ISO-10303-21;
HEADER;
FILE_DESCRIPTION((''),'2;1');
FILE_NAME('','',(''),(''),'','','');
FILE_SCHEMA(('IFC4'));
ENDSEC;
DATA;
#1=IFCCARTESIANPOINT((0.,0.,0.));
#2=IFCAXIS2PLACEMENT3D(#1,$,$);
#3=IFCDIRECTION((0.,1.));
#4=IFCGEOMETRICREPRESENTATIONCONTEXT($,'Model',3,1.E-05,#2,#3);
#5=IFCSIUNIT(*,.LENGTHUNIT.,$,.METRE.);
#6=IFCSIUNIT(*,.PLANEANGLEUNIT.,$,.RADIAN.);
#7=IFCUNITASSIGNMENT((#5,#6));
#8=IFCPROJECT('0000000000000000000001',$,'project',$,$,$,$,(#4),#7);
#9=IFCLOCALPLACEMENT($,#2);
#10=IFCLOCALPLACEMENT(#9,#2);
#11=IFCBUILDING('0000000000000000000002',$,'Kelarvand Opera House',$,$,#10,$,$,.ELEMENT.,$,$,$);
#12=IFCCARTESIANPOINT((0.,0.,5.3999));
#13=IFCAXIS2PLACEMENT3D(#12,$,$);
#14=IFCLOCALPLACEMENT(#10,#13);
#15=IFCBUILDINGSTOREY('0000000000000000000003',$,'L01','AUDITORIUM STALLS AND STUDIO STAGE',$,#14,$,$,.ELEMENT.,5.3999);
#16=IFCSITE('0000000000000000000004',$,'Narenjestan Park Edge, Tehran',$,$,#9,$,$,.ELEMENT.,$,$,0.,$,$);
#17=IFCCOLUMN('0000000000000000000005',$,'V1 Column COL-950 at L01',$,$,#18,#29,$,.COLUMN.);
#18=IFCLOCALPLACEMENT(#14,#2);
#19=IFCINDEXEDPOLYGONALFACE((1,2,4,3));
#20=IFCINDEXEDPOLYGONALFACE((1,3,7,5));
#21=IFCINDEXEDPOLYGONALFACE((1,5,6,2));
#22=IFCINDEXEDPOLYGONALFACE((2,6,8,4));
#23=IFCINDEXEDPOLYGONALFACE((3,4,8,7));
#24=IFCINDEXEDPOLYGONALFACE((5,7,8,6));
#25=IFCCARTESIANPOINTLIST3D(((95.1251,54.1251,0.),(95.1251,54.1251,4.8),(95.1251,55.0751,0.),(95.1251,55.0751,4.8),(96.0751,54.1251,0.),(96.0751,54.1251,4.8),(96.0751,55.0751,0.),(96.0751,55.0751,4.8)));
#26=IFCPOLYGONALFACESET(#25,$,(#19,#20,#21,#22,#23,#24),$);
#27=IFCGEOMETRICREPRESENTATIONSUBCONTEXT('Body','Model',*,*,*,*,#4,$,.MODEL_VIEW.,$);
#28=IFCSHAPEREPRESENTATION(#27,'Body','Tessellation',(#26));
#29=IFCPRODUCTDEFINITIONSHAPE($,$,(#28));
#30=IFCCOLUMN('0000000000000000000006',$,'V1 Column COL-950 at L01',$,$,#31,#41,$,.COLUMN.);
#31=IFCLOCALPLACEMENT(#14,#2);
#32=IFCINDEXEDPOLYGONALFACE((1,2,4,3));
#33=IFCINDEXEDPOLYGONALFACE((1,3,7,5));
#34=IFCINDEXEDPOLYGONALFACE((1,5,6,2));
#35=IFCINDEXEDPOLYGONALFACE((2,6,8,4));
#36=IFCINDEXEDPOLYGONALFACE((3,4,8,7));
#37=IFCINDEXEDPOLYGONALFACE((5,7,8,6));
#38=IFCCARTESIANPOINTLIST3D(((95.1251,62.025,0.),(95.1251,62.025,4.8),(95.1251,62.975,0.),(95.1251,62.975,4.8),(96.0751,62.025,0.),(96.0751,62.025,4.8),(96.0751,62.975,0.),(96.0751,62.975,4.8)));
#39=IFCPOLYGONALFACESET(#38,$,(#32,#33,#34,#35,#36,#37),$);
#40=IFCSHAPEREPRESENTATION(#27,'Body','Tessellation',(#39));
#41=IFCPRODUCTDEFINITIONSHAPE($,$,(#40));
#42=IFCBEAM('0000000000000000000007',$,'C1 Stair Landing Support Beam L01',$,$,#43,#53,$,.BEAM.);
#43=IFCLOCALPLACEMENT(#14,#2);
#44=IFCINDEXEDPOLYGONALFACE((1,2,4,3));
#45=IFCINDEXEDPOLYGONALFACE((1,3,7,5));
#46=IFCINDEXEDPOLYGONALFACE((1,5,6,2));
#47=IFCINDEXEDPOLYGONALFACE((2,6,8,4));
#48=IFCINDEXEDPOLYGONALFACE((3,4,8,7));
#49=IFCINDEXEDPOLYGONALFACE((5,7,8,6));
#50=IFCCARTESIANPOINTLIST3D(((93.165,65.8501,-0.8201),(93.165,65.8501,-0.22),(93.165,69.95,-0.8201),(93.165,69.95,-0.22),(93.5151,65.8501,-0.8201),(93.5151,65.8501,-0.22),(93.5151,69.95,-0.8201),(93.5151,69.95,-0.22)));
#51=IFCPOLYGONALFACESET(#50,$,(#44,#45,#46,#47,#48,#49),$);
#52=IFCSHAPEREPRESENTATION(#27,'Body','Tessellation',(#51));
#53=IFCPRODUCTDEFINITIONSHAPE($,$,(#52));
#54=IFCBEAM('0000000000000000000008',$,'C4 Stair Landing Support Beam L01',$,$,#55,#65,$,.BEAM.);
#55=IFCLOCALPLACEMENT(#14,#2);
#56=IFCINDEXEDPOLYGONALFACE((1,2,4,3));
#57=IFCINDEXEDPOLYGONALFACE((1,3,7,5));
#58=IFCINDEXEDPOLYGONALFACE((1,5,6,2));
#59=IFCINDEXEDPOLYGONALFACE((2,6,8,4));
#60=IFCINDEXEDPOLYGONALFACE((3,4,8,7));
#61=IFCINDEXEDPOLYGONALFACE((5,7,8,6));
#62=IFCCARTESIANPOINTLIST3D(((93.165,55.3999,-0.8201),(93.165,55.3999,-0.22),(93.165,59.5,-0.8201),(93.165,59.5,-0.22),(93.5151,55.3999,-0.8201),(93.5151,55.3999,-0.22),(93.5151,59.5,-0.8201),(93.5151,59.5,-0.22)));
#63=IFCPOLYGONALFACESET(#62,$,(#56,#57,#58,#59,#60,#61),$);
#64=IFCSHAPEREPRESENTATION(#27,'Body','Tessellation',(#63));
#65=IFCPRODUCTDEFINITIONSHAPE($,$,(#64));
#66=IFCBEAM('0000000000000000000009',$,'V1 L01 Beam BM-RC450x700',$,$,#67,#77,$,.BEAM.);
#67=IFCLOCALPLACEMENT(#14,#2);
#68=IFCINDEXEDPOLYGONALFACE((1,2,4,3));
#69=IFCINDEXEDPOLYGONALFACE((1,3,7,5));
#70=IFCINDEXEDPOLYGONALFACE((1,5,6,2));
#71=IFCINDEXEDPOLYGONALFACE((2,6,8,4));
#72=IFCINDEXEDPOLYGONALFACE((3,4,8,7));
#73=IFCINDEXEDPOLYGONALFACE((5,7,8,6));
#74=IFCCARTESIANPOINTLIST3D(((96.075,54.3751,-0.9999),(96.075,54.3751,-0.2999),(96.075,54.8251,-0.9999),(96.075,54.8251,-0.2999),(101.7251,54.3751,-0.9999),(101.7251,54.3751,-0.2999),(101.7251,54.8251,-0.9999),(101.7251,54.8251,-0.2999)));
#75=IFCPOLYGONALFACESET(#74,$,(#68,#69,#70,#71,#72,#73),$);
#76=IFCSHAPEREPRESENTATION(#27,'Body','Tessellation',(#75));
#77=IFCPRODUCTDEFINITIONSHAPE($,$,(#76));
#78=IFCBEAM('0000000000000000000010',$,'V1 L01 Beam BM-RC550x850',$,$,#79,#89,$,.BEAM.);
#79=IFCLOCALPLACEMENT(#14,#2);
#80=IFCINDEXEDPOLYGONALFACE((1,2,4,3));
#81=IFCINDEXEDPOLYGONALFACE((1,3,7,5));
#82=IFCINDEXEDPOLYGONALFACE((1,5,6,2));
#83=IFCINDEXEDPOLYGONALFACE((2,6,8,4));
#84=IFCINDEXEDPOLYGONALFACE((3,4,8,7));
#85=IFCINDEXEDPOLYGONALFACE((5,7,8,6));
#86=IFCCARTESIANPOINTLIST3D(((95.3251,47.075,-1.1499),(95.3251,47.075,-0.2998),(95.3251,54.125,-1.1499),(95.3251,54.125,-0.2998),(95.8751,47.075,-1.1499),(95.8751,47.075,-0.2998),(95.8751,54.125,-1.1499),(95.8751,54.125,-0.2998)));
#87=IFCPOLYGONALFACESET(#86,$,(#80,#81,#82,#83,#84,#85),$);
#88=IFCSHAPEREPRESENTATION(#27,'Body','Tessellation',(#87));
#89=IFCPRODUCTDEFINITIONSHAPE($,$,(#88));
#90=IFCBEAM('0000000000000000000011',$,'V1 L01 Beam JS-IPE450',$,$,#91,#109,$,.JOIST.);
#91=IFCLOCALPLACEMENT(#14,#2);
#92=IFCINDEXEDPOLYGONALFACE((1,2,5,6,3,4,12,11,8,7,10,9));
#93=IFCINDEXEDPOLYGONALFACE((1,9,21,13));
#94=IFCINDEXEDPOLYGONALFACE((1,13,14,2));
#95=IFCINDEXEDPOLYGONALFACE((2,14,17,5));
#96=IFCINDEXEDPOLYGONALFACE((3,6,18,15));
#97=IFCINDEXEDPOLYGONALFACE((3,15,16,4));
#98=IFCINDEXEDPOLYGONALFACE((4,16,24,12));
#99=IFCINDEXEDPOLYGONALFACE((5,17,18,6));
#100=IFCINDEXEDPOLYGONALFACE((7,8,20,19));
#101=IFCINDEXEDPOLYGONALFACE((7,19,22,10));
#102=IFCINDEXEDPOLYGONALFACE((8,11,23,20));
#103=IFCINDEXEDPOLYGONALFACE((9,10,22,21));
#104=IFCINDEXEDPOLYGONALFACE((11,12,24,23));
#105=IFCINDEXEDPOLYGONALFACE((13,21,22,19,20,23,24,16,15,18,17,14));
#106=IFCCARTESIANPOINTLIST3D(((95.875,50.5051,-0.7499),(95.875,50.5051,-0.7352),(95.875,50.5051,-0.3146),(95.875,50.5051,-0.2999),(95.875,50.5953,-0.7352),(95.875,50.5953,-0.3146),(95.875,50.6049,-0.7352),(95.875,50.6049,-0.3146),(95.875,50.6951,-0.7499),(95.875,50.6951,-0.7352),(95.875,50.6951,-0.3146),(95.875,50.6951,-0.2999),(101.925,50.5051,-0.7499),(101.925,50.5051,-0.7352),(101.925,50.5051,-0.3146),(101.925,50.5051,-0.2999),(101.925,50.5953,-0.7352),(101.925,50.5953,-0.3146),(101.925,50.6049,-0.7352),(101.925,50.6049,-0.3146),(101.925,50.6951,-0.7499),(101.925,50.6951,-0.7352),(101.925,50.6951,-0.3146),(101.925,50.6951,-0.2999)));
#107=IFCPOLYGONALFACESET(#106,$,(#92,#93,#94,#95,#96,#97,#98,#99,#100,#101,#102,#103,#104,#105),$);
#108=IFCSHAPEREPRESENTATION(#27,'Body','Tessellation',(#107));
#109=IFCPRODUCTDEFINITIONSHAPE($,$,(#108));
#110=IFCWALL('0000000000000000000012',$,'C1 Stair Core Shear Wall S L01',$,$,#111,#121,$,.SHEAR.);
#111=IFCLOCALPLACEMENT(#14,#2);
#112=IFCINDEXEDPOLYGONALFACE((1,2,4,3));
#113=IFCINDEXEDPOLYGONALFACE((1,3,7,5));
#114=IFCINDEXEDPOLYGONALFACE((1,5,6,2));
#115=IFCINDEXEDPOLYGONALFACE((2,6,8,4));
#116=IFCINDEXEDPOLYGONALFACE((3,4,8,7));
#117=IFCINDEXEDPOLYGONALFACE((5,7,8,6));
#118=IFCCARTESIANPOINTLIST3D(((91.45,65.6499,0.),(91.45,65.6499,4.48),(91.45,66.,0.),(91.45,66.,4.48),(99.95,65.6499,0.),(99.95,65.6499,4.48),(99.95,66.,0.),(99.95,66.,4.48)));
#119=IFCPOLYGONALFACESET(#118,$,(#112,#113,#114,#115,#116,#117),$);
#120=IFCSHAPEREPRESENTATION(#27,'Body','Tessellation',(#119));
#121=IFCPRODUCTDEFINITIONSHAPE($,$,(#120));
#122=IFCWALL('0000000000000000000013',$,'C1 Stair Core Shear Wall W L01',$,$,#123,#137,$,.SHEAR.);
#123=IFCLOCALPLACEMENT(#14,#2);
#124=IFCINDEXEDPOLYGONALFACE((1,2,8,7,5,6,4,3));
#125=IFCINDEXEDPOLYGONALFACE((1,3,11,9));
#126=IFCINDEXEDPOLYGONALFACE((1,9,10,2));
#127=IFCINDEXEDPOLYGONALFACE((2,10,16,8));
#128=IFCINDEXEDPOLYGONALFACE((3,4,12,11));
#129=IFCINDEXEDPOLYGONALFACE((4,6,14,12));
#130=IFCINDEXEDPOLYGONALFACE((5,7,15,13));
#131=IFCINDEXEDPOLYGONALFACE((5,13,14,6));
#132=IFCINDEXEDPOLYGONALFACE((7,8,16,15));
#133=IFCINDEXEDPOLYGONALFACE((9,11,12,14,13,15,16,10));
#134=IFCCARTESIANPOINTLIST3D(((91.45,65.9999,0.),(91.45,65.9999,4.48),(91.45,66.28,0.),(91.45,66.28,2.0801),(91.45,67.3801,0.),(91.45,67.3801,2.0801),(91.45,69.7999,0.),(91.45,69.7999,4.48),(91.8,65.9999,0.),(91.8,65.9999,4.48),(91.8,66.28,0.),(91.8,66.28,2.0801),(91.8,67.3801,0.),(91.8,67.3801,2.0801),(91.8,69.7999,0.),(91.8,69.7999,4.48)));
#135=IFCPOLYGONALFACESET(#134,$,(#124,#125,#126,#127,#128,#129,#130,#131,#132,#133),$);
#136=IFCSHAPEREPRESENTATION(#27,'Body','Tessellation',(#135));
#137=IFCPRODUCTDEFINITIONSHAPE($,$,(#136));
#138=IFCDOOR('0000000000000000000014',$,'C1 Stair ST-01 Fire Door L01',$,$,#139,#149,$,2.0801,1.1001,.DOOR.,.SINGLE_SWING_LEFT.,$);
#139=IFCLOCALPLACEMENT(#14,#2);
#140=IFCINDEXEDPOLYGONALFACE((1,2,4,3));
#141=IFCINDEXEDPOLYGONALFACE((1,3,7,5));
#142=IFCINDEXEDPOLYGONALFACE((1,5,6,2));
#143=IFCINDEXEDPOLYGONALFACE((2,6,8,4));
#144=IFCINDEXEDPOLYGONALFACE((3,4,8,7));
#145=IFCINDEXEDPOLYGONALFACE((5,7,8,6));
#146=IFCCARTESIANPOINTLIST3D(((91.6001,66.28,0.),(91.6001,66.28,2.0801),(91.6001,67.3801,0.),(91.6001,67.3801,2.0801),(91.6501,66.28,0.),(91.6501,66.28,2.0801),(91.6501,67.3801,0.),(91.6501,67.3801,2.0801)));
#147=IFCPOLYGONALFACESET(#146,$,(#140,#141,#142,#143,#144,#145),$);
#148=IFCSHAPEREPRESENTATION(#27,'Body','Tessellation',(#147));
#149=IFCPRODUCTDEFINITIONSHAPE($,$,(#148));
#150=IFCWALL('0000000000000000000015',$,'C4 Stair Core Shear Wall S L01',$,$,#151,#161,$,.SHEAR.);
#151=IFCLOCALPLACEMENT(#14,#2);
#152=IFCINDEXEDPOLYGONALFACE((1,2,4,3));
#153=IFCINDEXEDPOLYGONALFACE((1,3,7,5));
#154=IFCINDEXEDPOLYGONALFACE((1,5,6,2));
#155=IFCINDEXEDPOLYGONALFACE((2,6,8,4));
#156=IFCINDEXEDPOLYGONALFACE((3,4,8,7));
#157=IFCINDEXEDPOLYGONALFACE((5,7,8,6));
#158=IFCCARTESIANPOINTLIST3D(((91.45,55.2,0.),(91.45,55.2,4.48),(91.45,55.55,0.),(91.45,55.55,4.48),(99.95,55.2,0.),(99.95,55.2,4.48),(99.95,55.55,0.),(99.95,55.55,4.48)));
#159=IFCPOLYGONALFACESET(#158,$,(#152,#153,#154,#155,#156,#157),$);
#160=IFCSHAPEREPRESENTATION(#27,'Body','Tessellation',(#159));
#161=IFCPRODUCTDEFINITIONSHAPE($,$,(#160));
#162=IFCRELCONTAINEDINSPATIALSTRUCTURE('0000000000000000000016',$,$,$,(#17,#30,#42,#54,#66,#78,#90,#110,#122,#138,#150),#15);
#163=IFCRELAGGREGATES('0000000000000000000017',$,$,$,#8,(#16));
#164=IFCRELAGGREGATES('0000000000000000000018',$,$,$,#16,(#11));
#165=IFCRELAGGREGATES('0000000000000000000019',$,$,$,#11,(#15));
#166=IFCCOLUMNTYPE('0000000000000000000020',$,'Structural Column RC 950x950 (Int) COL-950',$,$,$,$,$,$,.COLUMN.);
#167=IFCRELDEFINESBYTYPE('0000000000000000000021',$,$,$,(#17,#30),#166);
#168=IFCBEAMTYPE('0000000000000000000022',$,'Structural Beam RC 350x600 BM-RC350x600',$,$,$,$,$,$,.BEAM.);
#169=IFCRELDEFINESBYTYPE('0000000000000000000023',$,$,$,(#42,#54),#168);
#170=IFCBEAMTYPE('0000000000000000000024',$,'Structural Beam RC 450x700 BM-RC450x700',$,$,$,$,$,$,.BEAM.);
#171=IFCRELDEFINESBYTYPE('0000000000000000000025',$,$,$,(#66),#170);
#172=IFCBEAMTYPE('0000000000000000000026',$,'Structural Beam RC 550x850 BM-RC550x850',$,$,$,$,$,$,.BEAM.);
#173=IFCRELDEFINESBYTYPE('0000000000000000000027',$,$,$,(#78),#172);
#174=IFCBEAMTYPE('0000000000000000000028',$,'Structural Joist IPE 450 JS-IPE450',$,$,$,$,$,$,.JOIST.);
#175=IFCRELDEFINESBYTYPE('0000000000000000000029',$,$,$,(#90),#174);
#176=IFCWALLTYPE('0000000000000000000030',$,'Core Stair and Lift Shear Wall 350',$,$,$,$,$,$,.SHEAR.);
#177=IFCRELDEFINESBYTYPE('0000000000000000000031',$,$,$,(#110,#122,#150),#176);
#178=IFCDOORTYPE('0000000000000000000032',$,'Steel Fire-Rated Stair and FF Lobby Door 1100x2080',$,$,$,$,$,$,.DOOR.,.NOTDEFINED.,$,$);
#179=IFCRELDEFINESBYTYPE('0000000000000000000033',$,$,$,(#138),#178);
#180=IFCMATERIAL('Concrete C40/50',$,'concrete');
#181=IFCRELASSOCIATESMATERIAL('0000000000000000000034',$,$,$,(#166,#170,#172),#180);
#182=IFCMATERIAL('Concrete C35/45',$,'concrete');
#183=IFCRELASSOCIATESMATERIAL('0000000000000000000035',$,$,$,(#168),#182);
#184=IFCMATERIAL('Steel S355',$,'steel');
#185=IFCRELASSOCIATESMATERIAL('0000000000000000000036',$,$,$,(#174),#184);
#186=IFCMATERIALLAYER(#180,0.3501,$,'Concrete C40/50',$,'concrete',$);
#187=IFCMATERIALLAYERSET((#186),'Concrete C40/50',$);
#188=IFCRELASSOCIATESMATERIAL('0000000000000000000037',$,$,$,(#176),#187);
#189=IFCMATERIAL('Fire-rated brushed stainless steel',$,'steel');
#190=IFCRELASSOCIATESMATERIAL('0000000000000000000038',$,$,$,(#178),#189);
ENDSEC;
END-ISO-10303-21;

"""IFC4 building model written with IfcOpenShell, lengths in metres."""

from ifc_helpers import new_model, si_unit, direction, frame, frame_2d, origin, origin_2d, place, context, subcontext, project, spatial, rectangle, i_section, extrude, material, layer, layer_set, material_profile, profile_set, type_object, element, fill, save


model = new_model("IFC4")

# Units and contexts
model_context = context("Model", 3, precision=1e-05, world=origin(), true_north=direction((0.0, 1.0)))
body_context = subcontext(model_context, "Body", "Model", "MODEL_VIEW")
ifc_project = project(units=[si_unit("LENGTHUNIT", "METRE"), si_unit("PLANEANGLEUNIT", "RADIAN")], contexts=[model_context])

# Site, building, storey
site_placement = place(None, origin())
site = spatial("IfcSite", under=ifc_project, at=site_placement, Name="Narenjestan Park Edge, Tehran", CompositionType="ELEMENT", RefElevation=0.0)
building_placement = place(site_placement, origin())
building = spatial("IfcBuilding", under=site, at=building_placement, Name="Kelarvand Opera House", CompositionType="ELEMENT")
storey_placement = place(building_placement, frame((0.0, 0.0, 5.3999)))
storey = spatial("IfcBuildingStorey", under=building, at=storey_placement, Name="L01", Description="AUDITORIUM STALLS AND STUDIO STAGE", CompositionType="ELEMENT", Elevation=5.3999)

# Columns
ifc_material_1 = material(Name="Concrete C40/50", Category="concrete")
ifc_material_profile_1 = material_profile(ifc_material_1, rectangle(XDim=0.95, YDim=0.95, at=origin_2d()), Name="RC 950x950", Category="concrete")
ifc_profile_set_1 = profile_set([ifc_material_profile_1], Name="Concrete C40/50")
column_type = type_object("IfcColumnType", Name="Structural Column RC 950x950 (Int) COL-950", PredefinedType="COLUMN", material=ifc_profile_set_1)
for number, where, z_axis, x_axis, name in (
    (1, (95.6001, 54.6001, 0.0), (0.0, 0.0, 1.0), (1.0, 0.0, 0.0), "V1 Column COL-950 at L01"),
    (2, (95.6001, 62.5, 0.0), (0.0, 0.0, 1.0), (1.0, 0.0, 0.0), "V1 Column COL-950 at L01"),
):
    element("IfcColumn", number, at=place(storey_placement, frame(where, z_axis=z_axis, x_axis=x_axis)), inside=storey, type_object=column_type, Name=name, PredefinedType="COLUMN", context=body_context, shape_type="SweptSolid", body=[
        extrude(rectangle(XDim=0.95, YDim=0.95, at=origin_2d()), origin(), (0.0, 0.0, 1.0), 4.8),
    ])

# Beams
ifc_material_2 = material(Name="Concrete C35/45", Category="concrete")
ifc_material_profile_2 = material_profile(ifc_material_2, rectangle(XDim=0.3501, YDim=0.6001, at=origin_2d()), Name="RC 350x600", Category="concrete")
ifc_profile_set_2 = profile_set([ifc_material_profile_2], Name="Concrete C35/45")
beam_type_1 = type_object("IfcBeamType", Name="Structural Beam RC 350x600 BM-RC350x600", PredefinedType="BEAM", material=ifc_profile_set_2)
beam_1_placement = place(storey_placement, frame((93.3401, 65.8501, -0.52), z_axis=(0.0, 1.0, 0.0), x_axis=(-1.0, 0.0, 0.0)))
element("IfcBeam", 3, at=beam_1_placement, inside=storey, type_object=beam_type_1, Name="C1 Stair Landing Support Beam L01", PredefinedType="BEAM", context=body_context, shape_type="SweptSolid", body=[
    extrude(rectangle(XDim=0.3501, YDim=0.6001, at=origin_2d()), origin(), (0.0, 0.0, 1.0), 4.0999),
])
beam_2_placement = place(storey_placement, frame((93.3401, 55.3999, -0.52), z_axis=(0.0, 1.0, 0.0), x_axis=(-1.0, 0.0, 0.0)))
element("IfcBeam", 4, at=beam_2_placement, inside=storey, type_object=beam_type_1, Name="C4 Stair Landing Support Beam L01", PredefinedType="BEAM", context=body_context, shape_type="SweptSolid", body=[
    extrude(rectangle(XDim=0.3501, YDim=0.6001, at=origin_2d()), origin(), (0.0, 0.0, 1.0), 4.1001),
])
ifc_material_profile_3 = material_profile(ifc_material_1, rectangle(XDim=0.45, YDim=0.7, at=origin_2d()), Name="RC 450x700", Category="concrete")
ifc_profile_set_3 = profile_set([ifc_material_profile_3], Name="Concrete C40/50")
beam_type_2 = type_object("IfcBeamType", Name="Structural Beam RC 450x700 BM-RC450x700", PredefinedType="BEAM", material=ifc_profile_set_3)
beam_3_placement = place(storey_placement, frame((96.075, 54.6001, -0.6499), z_axis=(1.0, 0.0, 0.0), x_axis=(0.0, 1.0, 0.0)))
element("IfcBeam", 5, at=beam_3_placement, inside=storey, type_object=beam_type_2, Name="V1 L01 Beam BM-RC450x700", PredefinedType="BEAM", context=body_context, shape_type="SweptSolid", body=[
    extrude(rectangle(XDim=0.45, YDim=0.7, at=origin_2d()), origin(), (0.0, 0.0, 1.0), 5.6501),
])
ifc_material_profile_4 = material_profile(ifc_material_1, rectangle(XDim=0.55, YDim=0.8501, at=origin_2d()), Name="RC 550x850", Category="concrete")
ifc_profile_set_4 = profile_set([ifc_material_profile_4], Name="Concrete C40/50")
beam_type_3 = type_object("IfcBeamType", Name="Structural Beam RC 550x850 BM-RC550x850", PredefinedType="BEAM", material=ifc_profile_set_4)
beam_4_placement = place(storey_placement, frame((95.6001, 47.075, -0.7249), z_axis=(0.0, 1.0, 0.0), x_axis=(-1.0, 0.0, 0.0)))
element("IfcBeam", 6, at=beam_4_placement, inside=storey, type_object=beam_type_3, Name="V1 L01 Beam BM-RC550x850", PredefinedType="BEAM", context=body_context, shape_type="SweptSolid", body=[
    extrude(rectangle(XDim=0.55, YDim=0.8501, at=origin_2d()), origin(), (0.0, 0.0, 1.0), 7.05),
])
ifc_material_3 = material(Name="Steel S355", Category="steel")
ifc_material_profile_5 = material_profile(ifc_material_3, i_section(OverallWidth=0.1899, OverallDepth=0.45, WebThickness=0.0095, FlangeThickness=0.0146, at=origin_2d()), Name="IPE 450", Category="steel")
ifc_profile_set_5 = profile_set([ifc_material_profile_5], Name="Steel S355")
beam_type_4 = type_object("IfcBeamType", Name="Structural Joist IPE 450 JS-IPE450", PredefinedType="JOIST", material=ifc_profile_set_5)
beam_5_placement = place(storey_placement, frame((95.875, 50.6001, -0.5249), z_axis=(1.0, 0.0, 0.0), x_axis=(0.0, 1.0, 0.0)))
element("IfcBeam", 7, at=beam_5_placement, inside=storey, type_object=beam_type_4, Name="V1 L01 Beam JS-IPE450", PredefinedType="JOIST", context=body_context, shape_type="SweptSolid", body=[
    extrude(i_section(OverallWidth=0.1899, OverallDepth=0.45, WebThickness=0.0095, FlangeThickness=0.0146, at=origin_2d()), origin(), (0.0, 0.0, 1.0), 6.05),
])

# Wall
ifc_layer_1 = layer(ifc_material_1, 0.3501, Name="Concrete C40/50", Category="concrete")
ifc_layer_set_1 = layer_set([ifc_layer_1], Name="Concrete C40/50")
wall_type_1 = type_object("IfcWallType", Name="Core Stair and Lift Shear Wall 350", PredefinedType="SHEAR", material=ifc_layer_set_1)
wall_1_placement = place(storey_placement, frame((91.45, 65.825, 0.0), z_axis=(0.0, 0.0, 1.0), x_axis=(1.0, 0.0, 0.0)))
element("IfcWall", 8, at=wall_1_placement, inside=storey, type_object=wall_type_1, Name="C1 Stair Core Shear Wall S L01", PredefinedType="SHEAR", context=body_context, shape_type="SweptSolid", body=[
    extrude(rectangle(XDim=8.5, YDim=0.3501, at=frame_2d((4.25, 0.0))), origin(), (0.0, 0.0, 1.0), 4.48),
])

# Wall, opening, door
wall_2_placement = place(storey_placement, frame((91.625, 66.0, 0.0), z_axis=(0.0, 0.0, 1.0), x_axis=(0.0, 1.0, 0.0)))
wall_2 = element("IfcWall", 9, at=wall_2_placement, inside=storey, type_object=wall_type_1, Name="C1 Stair Core Shear Wall W L01", PredefinedType="SHEAR", context=body_context, shape_type="SweptSolid", body=[
    extrude(rectangle(XDim=3.8, YDim=0.3501, at=frame_2d((1.8999, 0.0))), origin(), (0.0, 0.0, 1.0), 4.48),
])
opening_1_placement = place(wall_2_placement, frame((0.28, 0.0, 0.0)))
opening_1 = element("IfcOpeningElement", 10, at=opening_1_placement, cuts=wall_2, PredefinedType="OPENING", context=body_context, shape_type="SweptSolid", body=[
    extrude(rectangle(XDim=1.1001, YDim=2.0801, at=frame_2d((0.55, 1.04))), frame((0.0, 0.1851, 0.0), z_axis=(0.0, -1.0, 0.0), x_axis=(1.0, 0.0, 0.0)), (0.0, 0.0, 1.0), 0.3701),
])
ifc_material_4 = material(Name="Fire-rated brushed stainless steel", Category="steel")
door_type = type_object("IfcDoorType", Name="Steel Fire-Rated Stair and FF Lobby Door 1100x2080", OperationType="NOTDEFINED", PredefinedType="DOOR", material=ifc_material_4)
door_1_placement = place(opening_1_placement, origin())
door_1 = element("IfcDoor", 11, at=door_1_placement, inside=storey, type_object=door_type, Name="C1 Stair ST-01 Fire Door L01", OperationType="SINGLE_SWING_LEFT", OverallHeight=2.0801, OverallWidth=1.1001, PredefinedType="DOOR", context=body_context, shape_type="SweptSolid", body=[
    extrude(rectangle(XDim=1.1001, YDim=2.0801, at=frame_2d((0.55, 1.04))), frame((0.0, 0.0249, 0.0), z_axis=(0.0, -1.0, 0.0), x_axis=(1.0, 0.0, 0.0)), (0.0, 0.0, 1.0), 0.05),
])
fill(opening_1, door_1)

# Wall
wall_3_placement = place(storey_placement, frame((91.45, 55.375, 0.0), z_axis=(0.0, 0.0, 1.0), x_axis=(1.0, 0.0, 0.0)))
element("IfcWall", 12, at=wall_3_placement, inside=storey, type_object=wall_type_1, Name="C4 Stair Core Shear Wall S L01", PredefinedType="SHEAR", context=body_context, shape_type="SweptSolid", body=[
    extrude(rectangle(XDim=8.5, YDim=0.3501, at=frame_2d((4.25, 0.0))), origin(), (0.0, 0.0, 1.0), 4.48),
])

save(model, "model.ifc")
